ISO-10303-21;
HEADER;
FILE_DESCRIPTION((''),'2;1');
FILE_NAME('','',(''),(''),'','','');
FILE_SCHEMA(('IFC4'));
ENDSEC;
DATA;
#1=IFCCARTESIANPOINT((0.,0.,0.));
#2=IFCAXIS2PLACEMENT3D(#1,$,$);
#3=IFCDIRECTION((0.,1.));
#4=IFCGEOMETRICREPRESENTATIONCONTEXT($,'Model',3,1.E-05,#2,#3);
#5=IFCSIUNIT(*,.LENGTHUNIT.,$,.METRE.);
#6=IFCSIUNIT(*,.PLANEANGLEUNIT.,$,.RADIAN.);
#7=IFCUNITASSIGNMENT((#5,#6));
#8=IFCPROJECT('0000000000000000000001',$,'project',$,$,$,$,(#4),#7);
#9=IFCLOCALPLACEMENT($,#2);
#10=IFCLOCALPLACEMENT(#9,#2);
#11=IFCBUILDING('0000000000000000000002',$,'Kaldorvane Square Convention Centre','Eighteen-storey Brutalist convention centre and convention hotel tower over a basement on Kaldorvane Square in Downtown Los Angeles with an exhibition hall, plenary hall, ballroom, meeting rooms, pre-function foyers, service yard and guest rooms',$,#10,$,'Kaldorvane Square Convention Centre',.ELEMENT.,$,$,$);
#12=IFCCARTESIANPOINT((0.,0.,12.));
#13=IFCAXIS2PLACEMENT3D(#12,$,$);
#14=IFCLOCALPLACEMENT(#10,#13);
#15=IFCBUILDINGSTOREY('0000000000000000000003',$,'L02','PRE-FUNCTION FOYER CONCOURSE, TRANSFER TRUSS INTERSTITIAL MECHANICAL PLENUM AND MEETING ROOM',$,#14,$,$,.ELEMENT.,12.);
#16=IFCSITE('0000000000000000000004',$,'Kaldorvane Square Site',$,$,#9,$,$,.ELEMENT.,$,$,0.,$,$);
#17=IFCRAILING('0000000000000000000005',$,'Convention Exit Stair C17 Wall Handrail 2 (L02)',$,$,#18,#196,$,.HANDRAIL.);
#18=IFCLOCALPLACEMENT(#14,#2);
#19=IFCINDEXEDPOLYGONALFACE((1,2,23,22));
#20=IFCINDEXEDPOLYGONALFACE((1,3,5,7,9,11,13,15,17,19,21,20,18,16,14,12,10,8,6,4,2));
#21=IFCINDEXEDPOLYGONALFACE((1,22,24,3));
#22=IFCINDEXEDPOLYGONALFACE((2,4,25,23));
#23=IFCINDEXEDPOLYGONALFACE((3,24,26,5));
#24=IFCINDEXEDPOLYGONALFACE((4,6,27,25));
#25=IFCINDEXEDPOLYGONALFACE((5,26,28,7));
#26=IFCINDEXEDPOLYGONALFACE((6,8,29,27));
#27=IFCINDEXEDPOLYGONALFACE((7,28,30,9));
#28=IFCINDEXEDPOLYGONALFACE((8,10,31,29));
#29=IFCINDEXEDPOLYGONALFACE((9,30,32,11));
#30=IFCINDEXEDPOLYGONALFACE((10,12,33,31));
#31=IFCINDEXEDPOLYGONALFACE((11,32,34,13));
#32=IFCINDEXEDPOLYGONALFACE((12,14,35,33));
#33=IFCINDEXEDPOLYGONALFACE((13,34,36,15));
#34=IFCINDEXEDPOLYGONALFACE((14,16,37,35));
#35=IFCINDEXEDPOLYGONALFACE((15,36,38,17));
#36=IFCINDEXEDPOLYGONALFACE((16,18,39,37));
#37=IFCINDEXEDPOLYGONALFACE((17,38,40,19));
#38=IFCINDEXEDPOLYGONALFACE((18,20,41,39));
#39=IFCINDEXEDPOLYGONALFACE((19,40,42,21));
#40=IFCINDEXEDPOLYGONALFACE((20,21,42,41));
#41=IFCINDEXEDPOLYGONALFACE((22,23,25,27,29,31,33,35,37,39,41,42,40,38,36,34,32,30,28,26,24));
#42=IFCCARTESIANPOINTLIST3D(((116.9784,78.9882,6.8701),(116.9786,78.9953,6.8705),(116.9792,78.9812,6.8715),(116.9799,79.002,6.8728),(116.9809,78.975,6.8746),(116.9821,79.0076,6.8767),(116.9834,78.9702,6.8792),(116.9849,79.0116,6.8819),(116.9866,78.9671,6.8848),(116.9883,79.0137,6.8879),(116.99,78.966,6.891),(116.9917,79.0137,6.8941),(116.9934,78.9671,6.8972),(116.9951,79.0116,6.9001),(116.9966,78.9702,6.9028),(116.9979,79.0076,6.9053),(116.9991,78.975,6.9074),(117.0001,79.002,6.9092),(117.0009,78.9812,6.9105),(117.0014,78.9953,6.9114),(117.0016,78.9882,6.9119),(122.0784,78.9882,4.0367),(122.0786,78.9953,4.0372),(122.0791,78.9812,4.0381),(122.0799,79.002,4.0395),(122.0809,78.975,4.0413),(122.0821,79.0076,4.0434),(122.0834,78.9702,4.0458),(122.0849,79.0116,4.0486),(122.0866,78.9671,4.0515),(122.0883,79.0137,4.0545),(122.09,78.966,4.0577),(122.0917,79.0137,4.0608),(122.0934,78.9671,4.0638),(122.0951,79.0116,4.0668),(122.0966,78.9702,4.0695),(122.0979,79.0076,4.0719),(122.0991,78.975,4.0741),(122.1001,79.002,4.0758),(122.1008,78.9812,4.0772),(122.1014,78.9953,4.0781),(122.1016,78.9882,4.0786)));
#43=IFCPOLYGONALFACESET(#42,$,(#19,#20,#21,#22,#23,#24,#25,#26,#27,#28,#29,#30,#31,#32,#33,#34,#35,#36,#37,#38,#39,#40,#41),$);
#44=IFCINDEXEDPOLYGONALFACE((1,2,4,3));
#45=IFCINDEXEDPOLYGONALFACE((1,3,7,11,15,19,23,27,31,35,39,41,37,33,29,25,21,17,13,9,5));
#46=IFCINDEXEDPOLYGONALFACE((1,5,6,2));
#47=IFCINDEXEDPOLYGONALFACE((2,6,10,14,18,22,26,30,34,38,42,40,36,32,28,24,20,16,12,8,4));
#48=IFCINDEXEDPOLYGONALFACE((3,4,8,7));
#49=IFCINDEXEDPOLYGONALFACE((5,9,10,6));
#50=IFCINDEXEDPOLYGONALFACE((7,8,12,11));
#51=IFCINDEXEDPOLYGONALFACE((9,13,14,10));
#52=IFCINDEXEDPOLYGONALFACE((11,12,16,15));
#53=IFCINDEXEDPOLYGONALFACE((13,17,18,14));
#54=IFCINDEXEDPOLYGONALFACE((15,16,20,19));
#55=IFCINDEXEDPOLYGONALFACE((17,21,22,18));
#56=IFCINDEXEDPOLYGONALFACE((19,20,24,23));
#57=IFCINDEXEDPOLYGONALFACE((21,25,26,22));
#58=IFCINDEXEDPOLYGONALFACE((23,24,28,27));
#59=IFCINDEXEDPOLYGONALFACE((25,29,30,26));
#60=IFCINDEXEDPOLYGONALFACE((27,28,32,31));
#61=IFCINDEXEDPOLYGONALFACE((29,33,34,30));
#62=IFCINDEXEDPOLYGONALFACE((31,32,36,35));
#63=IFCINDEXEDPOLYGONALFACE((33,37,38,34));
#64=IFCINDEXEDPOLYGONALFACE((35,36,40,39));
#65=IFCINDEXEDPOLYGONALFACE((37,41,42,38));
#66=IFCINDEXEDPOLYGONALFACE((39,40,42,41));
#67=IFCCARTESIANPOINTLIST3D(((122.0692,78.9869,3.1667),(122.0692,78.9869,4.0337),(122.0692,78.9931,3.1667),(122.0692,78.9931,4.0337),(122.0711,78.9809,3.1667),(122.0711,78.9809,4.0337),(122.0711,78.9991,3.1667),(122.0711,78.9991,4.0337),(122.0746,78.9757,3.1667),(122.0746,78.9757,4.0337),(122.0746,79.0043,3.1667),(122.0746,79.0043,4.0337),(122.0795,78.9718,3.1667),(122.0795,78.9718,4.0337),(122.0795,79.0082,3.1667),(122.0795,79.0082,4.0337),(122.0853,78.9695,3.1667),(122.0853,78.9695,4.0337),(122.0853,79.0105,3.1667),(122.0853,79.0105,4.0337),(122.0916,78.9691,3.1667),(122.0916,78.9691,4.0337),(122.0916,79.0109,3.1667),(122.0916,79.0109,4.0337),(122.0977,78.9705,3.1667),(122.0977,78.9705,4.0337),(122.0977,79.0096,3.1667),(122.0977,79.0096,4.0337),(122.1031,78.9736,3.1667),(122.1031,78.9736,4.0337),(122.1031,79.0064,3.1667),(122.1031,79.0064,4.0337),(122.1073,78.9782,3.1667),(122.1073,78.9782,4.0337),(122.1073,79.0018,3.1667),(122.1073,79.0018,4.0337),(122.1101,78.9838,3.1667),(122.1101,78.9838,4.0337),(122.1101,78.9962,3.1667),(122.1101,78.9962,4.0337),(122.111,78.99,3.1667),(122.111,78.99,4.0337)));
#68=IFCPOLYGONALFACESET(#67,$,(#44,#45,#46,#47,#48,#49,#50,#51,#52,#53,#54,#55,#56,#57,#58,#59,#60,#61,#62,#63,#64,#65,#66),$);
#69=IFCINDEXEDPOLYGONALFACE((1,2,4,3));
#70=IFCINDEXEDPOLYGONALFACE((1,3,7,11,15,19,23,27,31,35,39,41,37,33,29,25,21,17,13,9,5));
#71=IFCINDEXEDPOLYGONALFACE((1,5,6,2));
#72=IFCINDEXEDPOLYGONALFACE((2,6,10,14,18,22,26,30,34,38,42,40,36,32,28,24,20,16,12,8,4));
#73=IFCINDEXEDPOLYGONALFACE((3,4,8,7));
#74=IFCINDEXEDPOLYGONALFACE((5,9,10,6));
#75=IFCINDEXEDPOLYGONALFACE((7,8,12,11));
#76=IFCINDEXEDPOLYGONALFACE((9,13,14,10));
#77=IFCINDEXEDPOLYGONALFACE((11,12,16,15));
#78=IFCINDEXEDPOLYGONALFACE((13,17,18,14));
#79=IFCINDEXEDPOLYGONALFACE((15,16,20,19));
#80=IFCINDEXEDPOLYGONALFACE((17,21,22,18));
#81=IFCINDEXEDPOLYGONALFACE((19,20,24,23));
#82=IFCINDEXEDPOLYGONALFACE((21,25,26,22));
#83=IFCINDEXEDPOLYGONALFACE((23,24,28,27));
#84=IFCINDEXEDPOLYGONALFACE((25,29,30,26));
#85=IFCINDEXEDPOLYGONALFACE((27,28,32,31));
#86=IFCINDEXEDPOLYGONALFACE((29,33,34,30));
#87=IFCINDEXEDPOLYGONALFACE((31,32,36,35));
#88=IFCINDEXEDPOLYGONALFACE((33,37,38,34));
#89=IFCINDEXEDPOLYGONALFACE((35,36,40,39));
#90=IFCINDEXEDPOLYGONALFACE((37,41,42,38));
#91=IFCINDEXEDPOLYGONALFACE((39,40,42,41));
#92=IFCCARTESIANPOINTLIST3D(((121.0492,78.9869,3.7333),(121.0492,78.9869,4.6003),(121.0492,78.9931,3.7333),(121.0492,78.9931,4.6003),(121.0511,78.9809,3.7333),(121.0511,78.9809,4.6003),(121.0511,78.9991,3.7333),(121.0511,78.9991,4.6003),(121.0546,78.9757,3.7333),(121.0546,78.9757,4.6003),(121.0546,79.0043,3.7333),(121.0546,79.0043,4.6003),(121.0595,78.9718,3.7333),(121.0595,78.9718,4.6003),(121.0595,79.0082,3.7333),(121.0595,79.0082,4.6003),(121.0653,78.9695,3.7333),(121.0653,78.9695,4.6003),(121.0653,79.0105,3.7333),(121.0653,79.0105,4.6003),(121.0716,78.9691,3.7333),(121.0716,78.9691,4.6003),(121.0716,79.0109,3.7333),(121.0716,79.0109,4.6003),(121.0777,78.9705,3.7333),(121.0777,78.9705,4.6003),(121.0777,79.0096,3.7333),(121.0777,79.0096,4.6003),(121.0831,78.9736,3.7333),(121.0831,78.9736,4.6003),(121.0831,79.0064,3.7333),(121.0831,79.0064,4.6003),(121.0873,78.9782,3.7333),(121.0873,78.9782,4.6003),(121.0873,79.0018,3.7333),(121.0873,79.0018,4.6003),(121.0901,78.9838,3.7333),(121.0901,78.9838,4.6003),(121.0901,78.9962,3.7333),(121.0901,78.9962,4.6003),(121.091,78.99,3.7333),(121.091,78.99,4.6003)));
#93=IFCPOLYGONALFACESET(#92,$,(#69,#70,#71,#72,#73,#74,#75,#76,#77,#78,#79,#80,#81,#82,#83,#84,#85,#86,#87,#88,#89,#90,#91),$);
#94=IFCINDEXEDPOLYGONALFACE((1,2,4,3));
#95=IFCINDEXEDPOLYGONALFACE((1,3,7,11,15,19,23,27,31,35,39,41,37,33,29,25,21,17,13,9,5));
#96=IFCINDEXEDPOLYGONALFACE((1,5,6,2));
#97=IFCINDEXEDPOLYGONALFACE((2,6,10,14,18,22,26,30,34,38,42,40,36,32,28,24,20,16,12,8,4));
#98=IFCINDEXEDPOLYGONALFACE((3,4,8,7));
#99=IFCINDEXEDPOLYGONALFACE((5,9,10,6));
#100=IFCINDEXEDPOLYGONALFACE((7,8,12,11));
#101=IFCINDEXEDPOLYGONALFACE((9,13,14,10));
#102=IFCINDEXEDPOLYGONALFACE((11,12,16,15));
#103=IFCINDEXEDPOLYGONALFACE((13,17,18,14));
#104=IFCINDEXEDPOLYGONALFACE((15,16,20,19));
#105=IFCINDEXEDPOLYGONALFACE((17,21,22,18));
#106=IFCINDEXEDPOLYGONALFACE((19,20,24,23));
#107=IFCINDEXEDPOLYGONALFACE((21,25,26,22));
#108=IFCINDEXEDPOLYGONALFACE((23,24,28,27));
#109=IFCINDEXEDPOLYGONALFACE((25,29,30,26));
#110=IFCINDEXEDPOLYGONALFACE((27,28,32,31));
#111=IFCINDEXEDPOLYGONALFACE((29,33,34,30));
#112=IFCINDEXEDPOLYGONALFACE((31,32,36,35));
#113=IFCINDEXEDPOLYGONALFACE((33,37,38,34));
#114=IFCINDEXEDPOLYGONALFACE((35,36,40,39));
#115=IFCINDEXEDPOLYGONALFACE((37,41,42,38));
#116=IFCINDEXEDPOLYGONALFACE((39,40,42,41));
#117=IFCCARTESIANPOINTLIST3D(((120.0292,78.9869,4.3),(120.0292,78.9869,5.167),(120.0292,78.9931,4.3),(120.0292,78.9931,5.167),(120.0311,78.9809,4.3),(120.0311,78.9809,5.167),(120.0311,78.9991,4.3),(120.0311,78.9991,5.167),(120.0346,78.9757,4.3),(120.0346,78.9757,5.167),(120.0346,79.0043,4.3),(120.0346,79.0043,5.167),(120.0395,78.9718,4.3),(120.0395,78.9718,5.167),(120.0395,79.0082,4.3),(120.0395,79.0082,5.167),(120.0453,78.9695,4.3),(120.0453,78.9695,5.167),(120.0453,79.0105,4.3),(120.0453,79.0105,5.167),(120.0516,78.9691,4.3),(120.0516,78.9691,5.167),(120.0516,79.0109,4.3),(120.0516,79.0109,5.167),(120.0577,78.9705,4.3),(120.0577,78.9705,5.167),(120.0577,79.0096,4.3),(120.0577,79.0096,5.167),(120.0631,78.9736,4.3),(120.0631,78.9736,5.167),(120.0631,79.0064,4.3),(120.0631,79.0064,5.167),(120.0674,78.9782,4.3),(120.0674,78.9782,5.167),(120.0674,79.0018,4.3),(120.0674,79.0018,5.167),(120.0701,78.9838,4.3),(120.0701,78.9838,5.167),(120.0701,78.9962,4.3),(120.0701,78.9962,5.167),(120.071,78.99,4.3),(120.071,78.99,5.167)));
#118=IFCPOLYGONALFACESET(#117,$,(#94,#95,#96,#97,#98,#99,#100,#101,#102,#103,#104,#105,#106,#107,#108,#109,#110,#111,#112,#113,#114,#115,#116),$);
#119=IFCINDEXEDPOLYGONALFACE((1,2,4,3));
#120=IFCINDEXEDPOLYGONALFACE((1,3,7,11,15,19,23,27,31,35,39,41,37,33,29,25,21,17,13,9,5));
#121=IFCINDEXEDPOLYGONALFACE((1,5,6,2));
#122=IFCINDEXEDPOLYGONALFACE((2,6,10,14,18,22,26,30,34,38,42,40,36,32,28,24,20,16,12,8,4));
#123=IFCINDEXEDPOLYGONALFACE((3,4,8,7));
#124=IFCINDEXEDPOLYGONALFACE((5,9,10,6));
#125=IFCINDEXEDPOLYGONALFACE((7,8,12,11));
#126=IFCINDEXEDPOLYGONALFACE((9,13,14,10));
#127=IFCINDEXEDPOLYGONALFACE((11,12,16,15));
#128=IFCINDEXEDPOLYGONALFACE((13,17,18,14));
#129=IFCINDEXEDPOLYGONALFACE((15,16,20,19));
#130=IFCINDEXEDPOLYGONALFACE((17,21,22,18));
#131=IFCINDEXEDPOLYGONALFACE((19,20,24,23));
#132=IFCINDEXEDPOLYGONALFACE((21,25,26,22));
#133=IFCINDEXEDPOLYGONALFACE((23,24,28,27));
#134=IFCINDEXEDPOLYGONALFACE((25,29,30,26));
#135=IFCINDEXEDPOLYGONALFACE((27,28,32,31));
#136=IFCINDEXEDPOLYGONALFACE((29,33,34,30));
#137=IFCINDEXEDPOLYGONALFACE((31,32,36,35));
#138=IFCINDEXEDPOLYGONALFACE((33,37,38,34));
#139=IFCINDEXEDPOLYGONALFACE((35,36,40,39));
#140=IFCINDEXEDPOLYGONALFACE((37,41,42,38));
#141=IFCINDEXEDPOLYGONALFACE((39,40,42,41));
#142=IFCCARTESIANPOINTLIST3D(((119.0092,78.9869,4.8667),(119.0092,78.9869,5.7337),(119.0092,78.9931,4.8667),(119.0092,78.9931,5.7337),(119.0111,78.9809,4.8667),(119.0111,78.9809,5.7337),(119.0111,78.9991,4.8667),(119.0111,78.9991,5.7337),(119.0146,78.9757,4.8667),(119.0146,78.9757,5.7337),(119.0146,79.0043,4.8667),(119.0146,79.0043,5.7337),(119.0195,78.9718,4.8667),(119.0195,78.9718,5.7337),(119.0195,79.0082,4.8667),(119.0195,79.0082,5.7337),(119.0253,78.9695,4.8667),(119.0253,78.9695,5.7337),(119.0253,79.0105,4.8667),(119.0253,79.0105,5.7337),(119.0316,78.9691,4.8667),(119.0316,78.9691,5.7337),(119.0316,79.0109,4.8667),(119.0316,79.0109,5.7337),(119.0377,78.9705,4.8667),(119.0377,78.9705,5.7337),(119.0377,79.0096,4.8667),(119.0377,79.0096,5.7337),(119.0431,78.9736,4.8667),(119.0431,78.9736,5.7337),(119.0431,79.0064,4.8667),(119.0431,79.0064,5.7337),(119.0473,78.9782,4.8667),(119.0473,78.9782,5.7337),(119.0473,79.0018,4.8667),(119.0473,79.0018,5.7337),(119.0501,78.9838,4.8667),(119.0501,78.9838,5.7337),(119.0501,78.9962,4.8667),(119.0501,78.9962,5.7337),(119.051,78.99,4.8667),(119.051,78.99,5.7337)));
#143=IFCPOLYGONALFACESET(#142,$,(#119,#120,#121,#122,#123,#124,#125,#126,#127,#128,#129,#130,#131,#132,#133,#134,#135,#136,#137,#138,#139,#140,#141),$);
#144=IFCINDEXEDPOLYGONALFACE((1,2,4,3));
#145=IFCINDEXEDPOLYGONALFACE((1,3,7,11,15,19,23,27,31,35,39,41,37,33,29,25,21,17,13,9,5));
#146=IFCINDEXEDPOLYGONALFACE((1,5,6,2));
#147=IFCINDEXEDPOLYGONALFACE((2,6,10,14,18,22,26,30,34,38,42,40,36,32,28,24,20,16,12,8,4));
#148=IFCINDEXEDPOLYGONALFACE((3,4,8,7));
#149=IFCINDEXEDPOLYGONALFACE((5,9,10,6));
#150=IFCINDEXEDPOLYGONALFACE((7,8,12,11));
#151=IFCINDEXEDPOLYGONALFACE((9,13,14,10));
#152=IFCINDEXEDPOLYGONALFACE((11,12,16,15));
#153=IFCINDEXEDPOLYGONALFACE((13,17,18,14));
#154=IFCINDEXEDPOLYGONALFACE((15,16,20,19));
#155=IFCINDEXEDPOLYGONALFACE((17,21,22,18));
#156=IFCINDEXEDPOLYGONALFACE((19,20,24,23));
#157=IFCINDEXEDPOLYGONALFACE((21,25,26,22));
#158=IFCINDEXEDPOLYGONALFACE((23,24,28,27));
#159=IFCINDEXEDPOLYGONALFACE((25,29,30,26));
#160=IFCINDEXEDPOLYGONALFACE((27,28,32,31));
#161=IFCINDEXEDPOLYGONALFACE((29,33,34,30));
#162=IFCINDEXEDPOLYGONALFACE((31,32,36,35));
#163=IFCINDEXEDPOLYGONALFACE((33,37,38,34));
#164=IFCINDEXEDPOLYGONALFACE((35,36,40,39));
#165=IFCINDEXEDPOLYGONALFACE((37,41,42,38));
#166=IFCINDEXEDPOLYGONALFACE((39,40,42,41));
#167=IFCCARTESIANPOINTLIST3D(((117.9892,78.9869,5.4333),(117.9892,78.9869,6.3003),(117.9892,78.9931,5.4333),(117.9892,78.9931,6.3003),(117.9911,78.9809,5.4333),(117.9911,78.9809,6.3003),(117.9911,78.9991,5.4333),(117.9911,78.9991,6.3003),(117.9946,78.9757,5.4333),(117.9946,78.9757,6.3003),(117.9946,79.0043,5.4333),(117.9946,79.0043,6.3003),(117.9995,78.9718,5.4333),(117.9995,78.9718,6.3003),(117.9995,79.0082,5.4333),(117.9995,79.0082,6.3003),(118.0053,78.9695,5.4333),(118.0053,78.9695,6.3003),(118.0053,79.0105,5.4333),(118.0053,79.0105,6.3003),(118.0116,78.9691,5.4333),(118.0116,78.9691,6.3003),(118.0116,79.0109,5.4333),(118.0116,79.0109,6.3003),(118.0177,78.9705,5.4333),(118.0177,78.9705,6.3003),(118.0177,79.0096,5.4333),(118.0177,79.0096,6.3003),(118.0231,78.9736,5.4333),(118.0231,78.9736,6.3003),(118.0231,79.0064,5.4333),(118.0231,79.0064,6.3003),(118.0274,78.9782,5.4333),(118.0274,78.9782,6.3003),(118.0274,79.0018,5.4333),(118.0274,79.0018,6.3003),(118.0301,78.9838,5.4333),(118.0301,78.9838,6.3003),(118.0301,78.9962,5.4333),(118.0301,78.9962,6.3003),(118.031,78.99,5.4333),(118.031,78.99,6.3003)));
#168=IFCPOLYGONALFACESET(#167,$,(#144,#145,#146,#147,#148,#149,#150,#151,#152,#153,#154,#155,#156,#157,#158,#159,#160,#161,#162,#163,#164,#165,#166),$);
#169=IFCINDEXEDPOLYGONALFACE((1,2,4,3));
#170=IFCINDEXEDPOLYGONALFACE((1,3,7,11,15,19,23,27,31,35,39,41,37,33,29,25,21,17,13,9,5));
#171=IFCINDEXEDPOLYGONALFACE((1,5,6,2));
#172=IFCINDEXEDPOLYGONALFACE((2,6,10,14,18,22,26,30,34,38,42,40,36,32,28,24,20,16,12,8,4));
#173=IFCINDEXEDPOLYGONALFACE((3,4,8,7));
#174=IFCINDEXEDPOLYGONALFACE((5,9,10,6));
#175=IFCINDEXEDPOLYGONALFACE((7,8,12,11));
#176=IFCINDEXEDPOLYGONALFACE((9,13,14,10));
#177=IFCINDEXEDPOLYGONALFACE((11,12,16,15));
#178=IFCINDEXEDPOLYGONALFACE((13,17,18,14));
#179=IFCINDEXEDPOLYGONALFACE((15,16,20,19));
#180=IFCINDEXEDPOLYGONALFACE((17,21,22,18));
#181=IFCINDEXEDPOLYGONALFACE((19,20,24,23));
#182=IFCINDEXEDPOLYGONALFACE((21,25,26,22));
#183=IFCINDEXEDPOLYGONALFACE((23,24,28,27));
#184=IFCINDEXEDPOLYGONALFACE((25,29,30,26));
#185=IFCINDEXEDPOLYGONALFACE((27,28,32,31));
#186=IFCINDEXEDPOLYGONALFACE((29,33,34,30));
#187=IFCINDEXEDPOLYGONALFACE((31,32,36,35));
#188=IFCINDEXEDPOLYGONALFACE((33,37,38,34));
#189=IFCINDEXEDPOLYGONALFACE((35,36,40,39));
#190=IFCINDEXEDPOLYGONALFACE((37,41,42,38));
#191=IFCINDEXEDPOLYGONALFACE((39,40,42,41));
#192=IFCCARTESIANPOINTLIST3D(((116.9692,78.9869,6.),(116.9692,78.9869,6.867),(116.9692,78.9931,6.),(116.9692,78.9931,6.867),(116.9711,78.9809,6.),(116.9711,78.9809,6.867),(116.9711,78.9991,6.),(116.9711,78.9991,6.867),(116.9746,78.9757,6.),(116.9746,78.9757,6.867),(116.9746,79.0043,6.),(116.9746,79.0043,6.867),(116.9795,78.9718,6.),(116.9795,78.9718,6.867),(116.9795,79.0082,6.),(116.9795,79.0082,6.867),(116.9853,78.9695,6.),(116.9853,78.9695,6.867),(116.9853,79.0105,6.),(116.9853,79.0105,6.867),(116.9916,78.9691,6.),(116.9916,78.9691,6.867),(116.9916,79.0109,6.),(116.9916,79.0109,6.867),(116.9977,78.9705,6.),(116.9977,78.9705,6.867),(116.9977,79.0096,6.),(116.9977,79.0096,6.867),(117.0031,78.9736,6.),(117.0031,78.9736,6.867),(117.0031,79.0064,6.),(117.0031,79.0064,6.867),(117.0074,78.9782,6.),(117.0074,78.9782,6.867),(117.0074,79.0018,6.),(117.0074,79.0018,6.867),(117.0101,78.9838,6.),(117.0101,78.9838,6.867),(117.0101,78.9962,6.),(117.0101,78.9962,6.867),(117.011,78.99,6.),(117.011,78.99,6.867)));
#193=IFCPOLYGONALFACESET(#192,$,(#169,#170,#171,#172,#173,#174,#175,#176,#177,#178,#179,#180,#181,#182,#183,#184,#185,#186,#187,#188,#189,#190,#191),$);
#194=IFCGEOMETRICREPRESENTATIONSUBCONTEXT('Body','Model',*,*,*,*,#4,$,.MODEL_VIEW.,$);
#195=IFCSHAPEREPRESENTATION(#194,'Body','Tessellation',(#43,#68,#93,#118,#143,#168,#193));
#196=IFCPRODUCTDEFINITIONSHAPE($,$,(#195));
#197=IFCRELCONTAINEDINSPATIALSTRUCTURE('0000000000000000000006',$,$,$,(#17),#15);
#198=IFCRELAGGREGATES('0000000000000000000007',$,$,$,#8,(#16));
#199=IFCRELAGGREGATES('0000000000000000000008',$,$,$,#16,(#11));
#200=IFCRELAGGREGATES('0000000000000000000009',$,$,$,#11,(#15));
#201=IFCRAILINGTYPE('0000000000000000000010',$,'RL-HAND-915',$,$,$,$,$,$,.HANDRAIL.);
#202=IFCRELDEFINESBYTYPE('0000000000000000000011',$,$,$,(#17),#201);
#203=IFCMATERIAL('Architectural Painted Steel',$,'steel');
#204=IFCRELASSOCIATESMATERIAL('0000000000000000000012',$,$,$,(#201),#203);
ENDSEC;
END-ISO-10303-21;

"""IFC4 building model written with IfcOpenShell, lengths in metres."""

from ifc_helpers import new_model, si_unit, direction, frame, origin, origin_2d, place, context, subcontext, project, spatial, circle, extrude, material, type_object, element, save


model = new_model("IFC4")

# Units and contexts
model_context = context("Model", 3, precision=1e-05, world=origin(), true_north=direction((0.0, 1.0)))
body_context = subcontext(model_context, "Body", "Model", "MODEL_VIEW")
ifc_project = project(units=[si_unit("LENGTHUNIT", "METRE"), si_unit("PLANEANGLEUNIT", "RADIAN")], contexts=[model_context])

# Site, building, storey
site_placement = place(None, origin())
site = spatial("IfcSite", under=ifc_project, at=site_placement, Name="Kaldorvane Square Site", CompositionType="ELEMENT", RefElevation=0.0)
building_placement = place(site_placement, origin())
building = spatial("IfcBuilding", under=site, at=building_placement, Name="Kaldorvane Square Convention Centre", Description="Eighteen-storey Brutalist convention centre and convention hotel tower over a basement on Kaldorvane Square in Downtown Los Angeles with an exhibition hall, plenary hall, ballroom, meeting rooms, pre-function foyers, service yard and guest rooms", LongName="Kaldorvane Square Convention Centre", CompositionType="ELEMENT")
storey_placement = place(building_placement, frame((0.0, 0.0, 12.0)))
storey = spatial("IfcBuildingStorey", under=building, at=storey_placement, Name="L02", Description="PRE-FUNCTION FOYER CONCOURSE, TRANSFER TRUSS INTERSTITIAL MECHANICAL PLENUM AND MEETING ROOM", CompositionType="ELEMENT", Elevation=12.0)

# Railing
ifc_material_1 = material(Name="Architectural Painted Steel", Category="steel")
railing_type_1 = type_object("IfcRailingType", Name="RL-HAND-915", PredefinedType="HANDRAIL", material=ifc_material_1)
railing_1_placement = place(storey_placement, frame((122.09, 78.99, 3.1667)))
element("IfcRailing", 1, at=railing_1_placement, inside=storey, type_object=railing_type_1, Name="Convention Exit Stair C17 Wall Handrail 2 (L02)", PredefinedType="HANDRAIL", context=body_context, shape_type="SweptSolid", body=[
    extrude(circle(Radius=0.024, at=origin_2d()), frame((0.0, 0.0, 0.891), z_axis=(-0.874157, 0.0, 0.485643), x_axis=(0.0, -1.0, 0.0)), (0.0, 0.0, 1.0), 5.8342),
    extrude(circle(Radius=0.021, at=origin_2d()), origin(), (0.0, 0.0, 1.0), 0.867),
    extrude(circle(Radius=0.021, at=origin_2d()), frame((-1.02, 0.0, 0.5667)), (0.0, 0.0, 1.0), 0.867),
    extrude(circle(Radius=0.021, at=origin_2d()), frame((-2.04, 0.0, 1.1333)), (0.0, 0.0, 1.0), 0.867),
    extrude(circle(Radius=0.021, at=origin_2d()), frame((-3.06, 0.0, 1.7)), (0.0, 0.0, 1.0), 0.867),
    extrude(circle(Radius=0.021, at=origin_2d()), frame((-4.08, 0.0, 2.2667)), (0.0, 0.0, 1.0), 0.867),
    extrude(circle(Radius=0.021, at=origin_2d()), frame((-5.1, 0.0, 2.8333)), (0.0, 0.0, 1.0), 0.867),
])

save(model, "model.ifc")
